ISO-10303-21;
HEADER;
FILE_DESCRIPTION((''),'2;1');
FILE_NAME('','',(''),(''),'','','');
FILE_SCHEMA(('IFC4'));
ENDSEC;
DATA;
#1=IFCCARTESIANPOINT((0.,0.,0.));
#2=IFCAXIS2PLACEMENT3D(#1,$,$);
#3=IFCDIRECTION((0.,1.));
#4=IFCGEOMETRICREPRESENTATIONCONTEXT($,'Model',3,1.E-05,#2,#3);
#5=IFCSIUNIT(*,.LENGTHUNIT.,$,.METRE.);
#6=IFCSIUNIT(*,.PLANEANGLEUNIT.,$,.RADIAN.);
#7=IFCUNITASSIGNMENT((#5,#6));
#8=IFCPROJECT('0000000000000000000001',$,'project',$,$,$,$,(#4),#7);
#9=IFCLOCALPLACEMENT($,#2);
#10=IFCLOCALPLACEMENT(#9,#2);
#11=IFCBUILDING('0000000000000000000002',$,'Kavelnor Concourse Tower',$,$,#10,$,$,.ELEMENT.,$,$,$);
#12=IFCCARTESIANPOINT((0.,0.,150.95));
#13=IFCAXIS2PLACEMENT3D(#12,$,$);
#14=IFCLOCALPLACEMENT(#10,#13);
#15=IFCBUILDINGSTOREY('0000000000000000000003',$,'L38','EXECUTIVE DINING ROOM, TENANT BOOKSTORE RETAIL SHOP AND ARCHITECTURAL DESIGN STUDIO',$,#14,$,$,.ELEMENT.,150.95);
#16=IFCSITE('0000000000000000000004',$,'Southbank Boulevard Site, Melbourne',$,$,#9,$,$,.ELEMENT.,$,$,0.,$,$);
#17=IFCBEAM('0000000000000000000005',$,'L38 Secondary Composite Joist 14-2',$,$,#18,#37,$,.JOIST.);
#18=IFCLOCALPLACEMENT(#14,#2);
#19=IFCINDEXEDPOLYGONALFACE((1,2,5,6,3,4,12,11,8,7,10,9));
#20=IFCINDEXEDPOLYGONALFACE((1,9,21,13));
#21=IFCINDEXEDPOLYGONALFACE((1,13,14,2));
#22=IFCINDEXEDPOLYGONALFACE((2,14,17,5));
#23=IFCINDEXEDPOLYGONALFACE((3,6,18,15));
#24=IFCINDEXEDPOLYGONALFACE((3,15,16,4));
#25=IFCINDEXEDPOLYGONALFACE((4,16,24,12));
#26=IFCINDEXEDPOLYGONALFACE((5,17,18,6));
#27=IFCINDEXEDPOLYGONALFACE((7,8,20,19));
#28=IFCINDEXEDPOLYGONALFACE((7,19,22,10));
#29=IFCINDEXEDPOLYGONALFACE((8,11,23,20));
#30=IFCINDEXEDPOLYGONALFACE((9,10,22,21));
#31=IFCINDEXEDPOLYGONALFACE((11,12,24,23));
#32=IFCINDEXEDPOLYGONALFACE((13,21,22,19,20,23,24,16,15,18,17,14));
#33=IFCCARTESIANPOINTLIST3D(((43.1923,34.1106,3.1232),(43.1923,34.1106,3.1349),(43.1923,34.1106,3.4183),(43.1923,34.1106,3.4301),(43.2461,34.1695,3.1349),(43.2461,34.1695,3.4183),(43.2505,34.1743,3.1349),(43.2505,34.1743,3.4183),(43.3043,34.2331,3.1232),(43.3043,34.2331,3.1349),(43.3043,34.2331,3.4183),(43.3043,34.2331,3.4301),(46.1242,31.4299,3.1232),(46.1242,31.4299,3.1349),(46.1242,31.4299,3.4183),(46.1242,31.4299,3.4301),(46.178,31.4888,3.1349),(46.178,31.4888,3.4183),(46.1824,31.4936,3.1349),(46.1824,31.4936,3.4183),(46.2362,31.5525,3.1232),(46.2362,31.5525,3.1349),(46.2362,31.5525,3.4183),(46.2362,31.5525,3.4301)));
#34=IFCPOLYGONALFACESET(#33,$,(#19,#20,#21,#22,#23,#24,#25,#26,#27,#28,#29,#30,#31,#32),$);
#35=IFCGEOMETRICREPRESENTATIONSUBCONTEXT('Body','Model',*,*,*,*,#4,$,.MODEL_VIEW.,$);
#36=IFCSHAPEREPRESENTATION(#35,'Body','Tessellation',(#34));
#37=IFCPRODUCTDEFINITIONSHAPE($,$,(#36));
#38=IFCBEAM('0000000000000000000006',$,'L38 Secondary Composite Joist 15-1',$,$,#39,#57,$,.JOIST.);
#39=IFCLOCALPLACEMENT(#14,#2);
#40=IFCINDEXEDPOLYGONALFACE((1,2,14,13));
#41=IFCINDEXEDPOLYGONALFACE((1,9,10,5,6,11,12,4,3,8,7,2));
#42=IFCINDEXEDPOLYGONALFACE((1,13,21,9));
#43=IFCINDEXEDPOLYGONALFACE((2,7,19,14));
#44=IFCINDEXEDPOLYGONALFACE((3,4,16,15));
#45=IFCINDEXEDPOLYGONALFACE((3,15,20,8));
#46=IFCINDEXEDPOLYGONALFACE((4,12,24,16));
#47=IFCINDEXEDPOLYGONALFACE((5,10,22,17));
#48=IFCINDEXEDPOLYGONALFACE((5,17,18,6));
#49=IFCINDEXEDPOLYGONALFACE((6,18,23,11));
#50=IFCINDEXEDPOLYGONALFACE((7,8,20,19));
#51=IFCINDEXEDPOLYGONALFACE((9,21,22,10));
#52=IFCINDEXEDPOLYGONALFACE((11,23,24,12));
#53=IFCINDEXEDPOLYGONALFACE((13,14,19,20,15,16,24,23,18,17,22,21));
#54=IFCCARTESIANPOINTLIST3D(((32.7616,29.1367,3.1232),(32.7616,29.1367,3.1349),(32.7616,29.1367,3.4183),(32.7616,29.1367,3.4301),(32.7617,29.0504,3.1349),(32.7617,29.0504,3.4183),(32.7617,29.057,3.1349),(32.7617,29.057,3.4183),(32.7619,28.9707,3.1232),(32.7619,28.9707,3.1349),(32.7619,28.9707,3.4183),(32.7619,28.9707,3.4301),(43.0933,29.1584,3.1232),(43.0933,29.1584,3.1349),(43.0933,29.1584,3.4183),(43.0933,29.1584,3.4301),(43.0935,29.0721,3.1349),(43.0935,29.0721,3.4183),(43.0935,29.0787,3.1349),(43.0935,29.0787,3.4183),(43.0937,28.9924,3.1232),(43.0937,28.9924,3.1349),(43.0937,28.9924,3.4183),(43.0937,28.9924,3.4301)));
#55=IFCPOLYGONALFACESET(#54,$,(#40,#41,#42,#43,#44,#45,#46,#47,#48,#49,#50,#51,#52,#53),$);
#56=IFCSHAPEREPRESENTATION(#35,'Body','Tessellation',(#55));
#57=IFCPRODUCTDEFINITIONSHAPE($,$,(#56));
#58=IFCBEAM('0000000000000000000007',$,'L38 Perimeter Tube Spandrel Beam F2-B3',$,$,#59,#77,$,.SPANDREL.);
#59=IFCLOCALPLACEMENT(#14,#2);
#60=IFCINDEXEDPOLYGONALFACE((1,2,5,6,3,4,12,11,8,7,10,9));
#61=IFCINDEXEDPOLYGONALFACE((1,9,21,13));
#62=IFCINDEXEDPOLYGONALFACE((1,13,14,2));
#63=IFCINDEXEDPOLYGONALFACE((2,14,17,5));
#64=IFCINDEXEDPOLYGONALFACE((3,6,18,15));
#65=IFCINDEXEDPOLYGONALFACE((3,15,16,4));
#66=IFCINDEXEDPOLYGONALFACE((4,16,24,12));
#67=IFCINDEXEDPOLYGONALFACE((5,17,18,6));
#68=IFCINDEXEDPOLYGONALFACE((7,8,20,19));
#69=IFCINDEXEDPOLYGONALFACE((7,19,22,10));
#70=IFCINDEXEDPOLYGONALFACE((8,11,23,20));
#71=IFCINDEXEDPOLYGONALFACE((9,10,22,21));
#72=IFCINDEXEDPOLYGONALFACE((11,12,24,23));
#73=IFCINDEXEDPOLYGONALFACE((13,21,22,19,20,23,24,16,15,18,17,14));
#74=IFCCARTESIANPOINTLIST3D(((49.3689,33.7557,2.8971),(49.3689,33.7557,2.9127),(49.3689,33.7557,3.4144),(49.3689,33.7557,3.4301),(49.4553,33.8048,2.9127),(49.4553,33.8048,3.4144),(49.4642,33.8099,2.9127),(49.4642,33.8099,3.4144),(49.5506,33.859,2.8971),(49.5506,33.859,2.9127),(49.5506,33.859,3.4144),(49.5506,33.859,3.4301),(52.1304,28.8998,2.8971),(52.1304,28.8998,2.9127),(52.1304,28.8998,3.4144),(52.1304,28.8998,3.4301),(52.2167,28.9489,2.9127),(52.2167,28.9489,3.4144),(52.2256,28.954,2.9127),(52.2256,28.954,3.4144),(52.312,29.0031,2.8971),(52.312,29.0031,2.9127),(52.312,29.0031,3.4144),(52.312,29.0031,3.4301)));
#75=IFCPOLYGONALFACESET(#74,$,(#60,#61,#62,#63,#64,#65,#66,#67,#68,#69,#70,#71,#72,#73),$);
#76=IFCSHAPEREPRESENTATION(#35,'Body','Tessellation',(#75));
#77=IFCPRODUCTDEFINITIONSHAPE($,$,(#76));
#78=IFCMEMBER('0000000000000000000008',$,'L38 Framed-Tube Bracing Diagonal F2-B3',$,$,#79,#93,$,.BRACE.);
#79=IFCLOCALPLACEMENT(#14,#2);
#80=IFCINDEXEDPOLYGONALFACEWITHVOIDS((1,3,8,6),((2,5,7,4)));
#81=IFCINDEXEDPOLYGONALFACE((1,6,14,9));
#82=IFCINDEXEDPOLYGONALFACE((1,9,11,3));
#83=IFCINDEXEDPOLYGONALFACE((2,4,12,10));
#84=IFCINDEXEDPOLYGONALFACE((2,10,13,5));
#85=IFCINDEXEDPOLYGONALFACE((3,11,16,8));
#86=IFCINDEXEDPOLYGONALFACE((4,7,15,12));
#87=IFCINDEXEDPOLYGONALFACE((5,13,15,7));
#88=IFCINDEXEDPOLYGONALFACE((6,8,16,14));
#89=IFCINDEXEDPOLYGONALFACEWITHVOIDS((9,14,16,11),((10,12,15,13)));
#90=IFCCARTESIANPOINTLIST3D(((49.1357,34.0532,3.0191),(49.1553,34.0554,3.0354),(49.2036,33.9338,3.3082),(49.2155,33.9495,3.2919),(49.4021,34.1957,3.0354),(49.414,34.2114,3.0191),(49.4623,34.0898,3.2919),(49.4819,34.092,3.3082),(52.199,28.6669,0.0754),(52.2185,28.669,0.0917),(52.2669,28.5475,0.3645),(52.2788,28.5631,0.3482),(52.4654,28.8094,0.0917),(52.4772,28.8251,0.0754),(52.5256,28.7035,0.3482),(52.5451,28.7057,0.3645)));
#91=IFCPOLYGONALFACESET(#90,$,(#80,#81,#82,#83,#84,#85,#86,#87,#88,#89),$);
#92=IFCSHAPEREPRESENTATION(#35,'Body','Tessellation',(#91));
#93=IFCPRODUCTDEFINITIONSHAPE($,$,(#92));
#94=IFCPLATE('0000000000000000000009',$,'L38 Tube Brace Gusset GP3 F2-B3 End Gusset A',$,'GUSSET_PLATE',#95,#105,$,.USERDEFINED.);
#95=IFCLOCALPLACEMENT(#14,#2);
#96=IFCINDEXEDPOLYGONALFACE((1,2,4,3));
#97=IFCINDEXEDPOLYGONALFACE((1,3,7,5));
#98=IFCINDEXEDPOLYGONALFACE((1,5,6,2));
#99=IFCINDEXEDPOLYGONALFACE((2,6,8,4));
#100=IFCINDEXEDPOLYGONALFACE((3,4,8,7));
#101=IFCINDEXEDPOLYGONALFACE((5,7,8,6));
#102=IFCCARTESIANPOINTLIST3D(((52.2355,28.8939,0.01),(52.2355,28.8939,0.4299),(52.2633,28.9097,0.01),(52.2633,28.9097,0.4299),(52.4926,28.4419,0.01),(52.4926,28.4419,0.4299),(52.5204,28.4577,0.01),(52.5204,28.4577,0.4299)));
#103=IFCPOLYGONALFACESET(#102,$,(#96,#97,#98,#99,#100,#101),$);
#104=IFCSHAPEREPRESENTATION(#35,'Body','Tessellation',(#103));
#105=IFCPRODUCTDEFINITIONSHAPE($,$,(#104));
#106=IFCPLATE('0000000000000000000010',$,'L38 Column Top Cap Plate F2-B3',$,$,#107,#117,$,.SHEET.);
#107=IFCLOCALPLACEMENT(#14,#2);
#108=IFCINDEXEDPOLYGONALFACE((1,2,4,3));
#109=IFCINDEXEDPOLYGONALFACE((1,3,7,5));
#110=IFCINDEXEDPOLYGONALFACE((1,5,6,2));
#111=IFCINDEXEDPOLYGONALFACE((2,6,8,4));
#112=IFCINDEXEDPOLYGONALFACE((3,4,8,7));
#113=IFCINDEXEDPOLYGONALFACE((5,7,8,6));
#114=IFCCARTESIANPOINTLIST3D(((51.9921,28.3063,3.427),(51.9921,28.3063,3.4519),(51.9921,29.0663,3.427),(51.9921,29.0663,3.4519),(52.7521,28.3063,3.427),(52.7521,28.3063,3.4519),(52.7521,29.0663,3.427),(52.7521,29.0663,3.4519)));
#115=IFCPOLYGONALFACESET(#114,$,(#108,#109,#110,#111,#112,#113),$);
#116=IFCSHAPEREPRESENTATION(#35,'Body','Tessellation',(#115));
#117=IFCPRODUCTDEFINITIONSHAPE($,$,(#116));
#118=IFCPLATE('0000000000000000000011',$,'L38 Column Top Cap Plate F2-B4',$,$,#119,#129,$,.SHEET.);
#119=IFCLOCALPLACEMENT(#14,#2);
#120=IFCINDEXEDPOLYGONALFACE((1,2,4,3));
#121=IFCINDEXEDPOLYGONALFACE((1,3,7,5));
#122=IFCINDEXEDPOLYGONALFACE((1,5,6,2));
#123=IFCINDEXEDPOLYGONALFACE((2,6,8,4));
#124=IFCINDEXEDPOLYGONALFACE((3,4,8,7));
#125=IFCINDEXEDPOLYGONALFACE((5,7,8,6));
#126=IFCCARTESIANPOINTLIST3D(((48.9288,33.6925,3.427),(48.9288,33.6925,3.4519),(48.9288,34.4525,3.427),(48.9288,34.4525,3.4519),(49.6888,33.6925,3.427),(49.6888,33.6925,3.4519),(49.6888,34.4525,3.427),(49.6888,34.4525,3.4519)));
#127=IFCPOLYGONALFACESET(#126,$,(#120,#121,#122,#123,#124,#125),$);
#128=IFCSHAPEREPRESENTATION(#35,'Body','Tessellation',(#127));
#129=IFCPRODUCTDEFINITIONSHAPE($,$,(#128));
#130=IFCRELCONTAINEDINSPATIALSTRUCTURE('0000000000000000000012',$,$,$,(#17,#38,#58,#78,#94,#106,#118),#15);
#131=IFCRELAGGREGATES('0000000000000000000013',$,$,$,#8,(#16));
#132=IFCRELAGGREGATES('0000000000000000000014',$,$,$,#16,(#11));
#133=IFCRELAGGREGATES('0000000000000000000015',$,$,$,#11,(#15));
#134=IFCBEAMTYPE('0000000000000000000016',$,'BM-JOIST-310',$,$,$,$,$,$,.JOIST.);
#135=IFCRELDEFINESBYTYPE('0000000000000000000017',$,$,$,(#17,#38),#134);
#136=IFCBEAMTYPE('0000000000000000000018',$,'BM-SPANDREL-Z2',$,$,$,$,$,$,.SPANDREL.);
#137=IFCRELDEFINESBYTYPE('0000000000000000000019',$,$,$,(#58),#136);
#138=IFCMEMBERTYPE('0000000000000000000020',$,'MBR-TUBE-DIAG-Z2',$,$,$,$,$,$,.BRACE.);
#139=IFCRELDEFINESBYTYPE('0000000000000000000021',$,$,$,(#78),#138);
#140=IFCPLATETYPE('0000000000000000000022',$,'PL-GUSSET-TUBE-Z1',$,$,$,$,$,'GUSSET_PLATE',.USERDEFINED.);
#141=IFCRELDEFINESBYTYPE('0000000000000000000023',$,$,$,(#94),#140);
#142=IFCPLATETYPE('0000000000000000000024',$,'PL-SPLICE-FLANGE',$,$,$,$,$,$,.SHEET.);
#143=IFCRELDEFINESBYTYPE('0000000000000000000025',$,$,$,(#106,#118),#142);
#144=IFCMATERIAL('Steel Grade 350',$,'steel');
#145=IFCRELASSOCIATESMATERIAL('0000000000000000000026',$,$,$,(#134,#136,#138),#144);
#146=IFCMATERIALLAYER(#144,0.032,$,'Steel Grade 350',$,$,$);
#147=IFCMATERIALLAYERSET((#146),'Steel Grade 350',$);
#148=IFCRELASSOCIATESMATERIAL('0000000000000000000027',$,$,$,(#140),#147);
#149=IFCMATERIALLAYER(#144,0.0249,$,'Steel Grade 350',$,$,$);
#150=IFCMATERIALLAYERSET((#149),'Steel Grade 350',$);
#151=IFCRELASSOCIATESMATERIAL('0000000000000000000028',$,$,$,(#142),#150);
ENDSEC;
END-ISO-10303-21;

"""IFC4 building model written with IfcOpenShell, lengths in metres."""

from ifc_helpers import new_model, si_unit, direction, frame, origin, origin_2d, place, context, subcontext, project, spatial, rectangle, hollow_rectangle, i_section, extrude, material, layer, layer_set, material_profile, profile_set, type_object, element, save


model = new_model("IFC4")

# Units and contexts
model_context = context("Model", 3, precision=1e-05, world=origin(), true_north=direction((0.0, 1.0)))
body_context = subcontext(model_context, "Body", "Model", "MODEL_VIEW")
ifc_project = project(units=[si_unit("LENGTHUNIT", "METRE"), si_unit("PLANEANGLEUNIT", "RADIAN")], contexts=[model_context])

# Site, building, storey
site_placement = place(None, origin())
site = spatial("IfcSite", under=ifc_project, at=site_placement, Name="Southbank Boulevard Site, Melbourne", CompositionType="ELEMENT", RefElevation=0.0)
building_placement = place(site_placement, origin())
building = spatial("IfcBuilding", under=site, at=building_placement, Name="Kavelnor Concourse Tower", CompositionType="ELEMENT")
storey_placement = place(building_placement, frame((0.0, 0.0, 150.95)))
storey = spatial("IfcBuildingStorey", under=building, at=storey_placement, Name="L38", Description="EXECUTIVE DINING ROOM, TENANT BOOKSTORE RETAIL SHOP AND ARCHITECTURAL DESIGN STUDIO", CompositionType="ELEMENT", Elevation=150.95)

# Shared definitions
ifc_material = material(Name="Steel Grade 350", Category="steel")

# Beams
ifc_material_profile_1 = material_profile(ifc_material, i_section(OverallWidth=0.166, OverallDepth=0.3069, WebThickness=0.0066, FlangeThickness=0.0117, at=origin_2d()), Name="310UB46")
ifc_profile_set_1 = profile_set([ifc_material_profile_1], Name="Steel Grade 350")
beam_type_1 = type_object("IfcBeamType", Name="BM-JOIST-310", PredefinedType="JOIST", material=ifc_profile_set_1)
beam_1_placement = place(storey_placement, frame((46.1802, 31.4912, 3.2766), z_axis=(-0.738018, 0.674781, 0.0), x_axis=(-0.674781, -0.738018, 0.0)))
element("IfcBeam", 1, at=beam_1_placement, inside=storey, type_object=beam_type_1, Name="L38 Secondary Composite Joist 14-2", PredefinedType="JOIST", context=body_context, shape_type="SweptSolid", body=[
    extrude(i_section(OverallWidth=0.166, OverallDepth=0.3069, WebThickness=0.0066, FlangeThickness=0.0117, at=origin_2d()), origin(), (0.0, 0.0, 1.0), 3.9727),
])
beam_2_placement = place(storey_placement, frame((43.0935, 29.0754, 3.2766), z_axis=(-0.999998, -0.002103, 0.0), x_axis=(0.002103, -0.999998, 0.0)))
element("IfcBeam", 2, at=beam_2_placement, inside=storey, type_object=beam_type_1, Name="L38 Secondary Composite Joist 15-1", PredefinedType="JOIST", context=body_context, shape_type="SweptSolid", body=[
    extrude(i_section(OverallWidth=0.166, OverallDepth=0.3069, WebThickness=0.0066, FlangeThickness=0.0117, at=origin_2d()), origin(), (0.0, 0.0, 1.0), 10.3318),
])
ifc_material_profile_2 = material_profile(ifc_material, i_section(OverallWidth=0.209, OverallDepth=0.533, WebThickness=0.0103, FlangeThickness=0.0156, at=origin_2d()), Name="530UB92")
ifc_profile_set_2 = profile_set([ifc_material_profile_2], Name="Steel Grade 350")
beam_type_2 = type_object("IfcBeamType", Name="BM-SPANDREL-Z2", PredefinedType="SPANDREL", material=ifc_profile_set_2)
beam_3_placement = place(storey_placement, frame((52.2212, 28.9514, 3.1636), z_axis=(-0.494335, 0.869271, 0.0), x_axis=(-0.869271, -0.494335, 0.0)))
element("IfcBeam", 3, at=beam_3_placement, inside=storey, type_object=beam_type_2, Name="L38 Perimeter Tube Spandrel Beam F2-B3", PredefinedType="SPANDREL", context=body_context, shape_type="SweptSolid", body=[
    extrude(i_section(OverallWidth=0.209, OverallDepth=0.533, WebThickness=0.0103, FlangeThickness=0.0156, at=origin_2d()), origin(), (0.0, 0.0, 1.0), 5.5862),
])

# Member
ifc_material_profile_3 = material_profile(ifc_material, hollow_rectangle(XDim=0.3201, YDim=0.3201, WallThickness=0.0181, at=origin_2d()), Name="SHS 320x320x18")
ifc_profile_set_3 = profile_set([ifc_material_profile_3], Name="Steel Grade 350")
member_type = type_object("IfcMemberType", Name="MBR-TUBE-DIAG-Z2", PredefinedType="BRACE", material=ifc_profile_set_3)
member_placement = place(storey_placement, frame((52.3721, 28.6863, 0.22), z_axis=(-0.446535, 0.785164, 0.429096), x_axis=(-0.869257, -0.49436, 0.0)))
element("IfcMember", 4, at=member_placement, inside=storey, type_object=member_type, Name="L38 Framed-Tube Bracing Diagonal F2-B3", PredefinedType="BRACE", context=body_context, shape_type="SweptSolid", body=[
    extrude(hollow_rectangle(XDim=0.3201, YDim=0.3201, WallThickness=0.0181, at=origin_2d()), origin(), (0.0, 0.0, 1.0), 6.8601),
])

# Plates
ifc_layer_1 = layer(ifc_material, 0.032, Name="Steel Grade 350")
ifc_layer_set_1 = layer_set([ifc_layer_1], Name="Steel Grade 350")
plate_type_1 = type_object("IfcPlateType", Name="PL-GUSSET-TUBE-Z1", ElementType="GUSSET_PLATE", PredefinedType="USERDEFINED", material=ifc_layer_set_1)
plate_placement = place(storey_placement, frame((52.3779, 28.6758, 0.01), z_axis=(0.0, 0.0, 1.0), x_axis=(-0.494397, 0.869236, 0.0)))
element("IfcPlate", 5, at=plate_placement, inside=storey, type_object=plate_type_1, Name="L38 Tube Brace Gusset GP3 F2-B3 End Gusset A", ObjectType="GUSSET_PLATE", PredefinedType="USERDEFINED", context=body_context, shape_type="SweptSolid", body=[
    extrude(rectangle(XDim=0.52, YDim=0.032, at=origin_2d()), origin(), (0.0, 0.0, 1.0), 0.4199),
])
ifc_layer_2 = layer(ifc_material, 0.0249, Name="Steel Grade 350")
ifc_layer_set_2 = layer_set([ifc_layer_2], Name="Steel Grade 350")
plate_type_2 = type_object("IfcPlateType", Name="PL-SPLICE-FLANGE", PredefinedType="SHEET", material=ifc_layer_set_2)
for number, where, z_axis, x_axis, name in (
    (6, (52.3721, 28.6863, 3.427), (0.0, 0.0, 1.0), (1.0, 0.0, 0.0), "L38 Column Top Cap Plate F2-B3"),
    (7, (49.3088, 34.0725, 3.427), (0.0, 0.0, 1.0), (1.0, 0.0, 0.0), "L38 Column Top Cap Plate F2-B4"),
):
    element("IfcPlate", number, at=place(storey_placement, frame(where, z_axis=z_axis, x_axis=x_axis)), inside=storey, type_object=plate_type_2, Name=name, PredefinedType="SHEET", context=body_context, shape_type="SweptSolid", body=[
        extrude(rectangle(XDim=0.76, YDim=0.76, at=origin_2d()), origin(), (0.0, 0.0, 1.0), 0.0249),
    ])

save(model, "model.ifc")
